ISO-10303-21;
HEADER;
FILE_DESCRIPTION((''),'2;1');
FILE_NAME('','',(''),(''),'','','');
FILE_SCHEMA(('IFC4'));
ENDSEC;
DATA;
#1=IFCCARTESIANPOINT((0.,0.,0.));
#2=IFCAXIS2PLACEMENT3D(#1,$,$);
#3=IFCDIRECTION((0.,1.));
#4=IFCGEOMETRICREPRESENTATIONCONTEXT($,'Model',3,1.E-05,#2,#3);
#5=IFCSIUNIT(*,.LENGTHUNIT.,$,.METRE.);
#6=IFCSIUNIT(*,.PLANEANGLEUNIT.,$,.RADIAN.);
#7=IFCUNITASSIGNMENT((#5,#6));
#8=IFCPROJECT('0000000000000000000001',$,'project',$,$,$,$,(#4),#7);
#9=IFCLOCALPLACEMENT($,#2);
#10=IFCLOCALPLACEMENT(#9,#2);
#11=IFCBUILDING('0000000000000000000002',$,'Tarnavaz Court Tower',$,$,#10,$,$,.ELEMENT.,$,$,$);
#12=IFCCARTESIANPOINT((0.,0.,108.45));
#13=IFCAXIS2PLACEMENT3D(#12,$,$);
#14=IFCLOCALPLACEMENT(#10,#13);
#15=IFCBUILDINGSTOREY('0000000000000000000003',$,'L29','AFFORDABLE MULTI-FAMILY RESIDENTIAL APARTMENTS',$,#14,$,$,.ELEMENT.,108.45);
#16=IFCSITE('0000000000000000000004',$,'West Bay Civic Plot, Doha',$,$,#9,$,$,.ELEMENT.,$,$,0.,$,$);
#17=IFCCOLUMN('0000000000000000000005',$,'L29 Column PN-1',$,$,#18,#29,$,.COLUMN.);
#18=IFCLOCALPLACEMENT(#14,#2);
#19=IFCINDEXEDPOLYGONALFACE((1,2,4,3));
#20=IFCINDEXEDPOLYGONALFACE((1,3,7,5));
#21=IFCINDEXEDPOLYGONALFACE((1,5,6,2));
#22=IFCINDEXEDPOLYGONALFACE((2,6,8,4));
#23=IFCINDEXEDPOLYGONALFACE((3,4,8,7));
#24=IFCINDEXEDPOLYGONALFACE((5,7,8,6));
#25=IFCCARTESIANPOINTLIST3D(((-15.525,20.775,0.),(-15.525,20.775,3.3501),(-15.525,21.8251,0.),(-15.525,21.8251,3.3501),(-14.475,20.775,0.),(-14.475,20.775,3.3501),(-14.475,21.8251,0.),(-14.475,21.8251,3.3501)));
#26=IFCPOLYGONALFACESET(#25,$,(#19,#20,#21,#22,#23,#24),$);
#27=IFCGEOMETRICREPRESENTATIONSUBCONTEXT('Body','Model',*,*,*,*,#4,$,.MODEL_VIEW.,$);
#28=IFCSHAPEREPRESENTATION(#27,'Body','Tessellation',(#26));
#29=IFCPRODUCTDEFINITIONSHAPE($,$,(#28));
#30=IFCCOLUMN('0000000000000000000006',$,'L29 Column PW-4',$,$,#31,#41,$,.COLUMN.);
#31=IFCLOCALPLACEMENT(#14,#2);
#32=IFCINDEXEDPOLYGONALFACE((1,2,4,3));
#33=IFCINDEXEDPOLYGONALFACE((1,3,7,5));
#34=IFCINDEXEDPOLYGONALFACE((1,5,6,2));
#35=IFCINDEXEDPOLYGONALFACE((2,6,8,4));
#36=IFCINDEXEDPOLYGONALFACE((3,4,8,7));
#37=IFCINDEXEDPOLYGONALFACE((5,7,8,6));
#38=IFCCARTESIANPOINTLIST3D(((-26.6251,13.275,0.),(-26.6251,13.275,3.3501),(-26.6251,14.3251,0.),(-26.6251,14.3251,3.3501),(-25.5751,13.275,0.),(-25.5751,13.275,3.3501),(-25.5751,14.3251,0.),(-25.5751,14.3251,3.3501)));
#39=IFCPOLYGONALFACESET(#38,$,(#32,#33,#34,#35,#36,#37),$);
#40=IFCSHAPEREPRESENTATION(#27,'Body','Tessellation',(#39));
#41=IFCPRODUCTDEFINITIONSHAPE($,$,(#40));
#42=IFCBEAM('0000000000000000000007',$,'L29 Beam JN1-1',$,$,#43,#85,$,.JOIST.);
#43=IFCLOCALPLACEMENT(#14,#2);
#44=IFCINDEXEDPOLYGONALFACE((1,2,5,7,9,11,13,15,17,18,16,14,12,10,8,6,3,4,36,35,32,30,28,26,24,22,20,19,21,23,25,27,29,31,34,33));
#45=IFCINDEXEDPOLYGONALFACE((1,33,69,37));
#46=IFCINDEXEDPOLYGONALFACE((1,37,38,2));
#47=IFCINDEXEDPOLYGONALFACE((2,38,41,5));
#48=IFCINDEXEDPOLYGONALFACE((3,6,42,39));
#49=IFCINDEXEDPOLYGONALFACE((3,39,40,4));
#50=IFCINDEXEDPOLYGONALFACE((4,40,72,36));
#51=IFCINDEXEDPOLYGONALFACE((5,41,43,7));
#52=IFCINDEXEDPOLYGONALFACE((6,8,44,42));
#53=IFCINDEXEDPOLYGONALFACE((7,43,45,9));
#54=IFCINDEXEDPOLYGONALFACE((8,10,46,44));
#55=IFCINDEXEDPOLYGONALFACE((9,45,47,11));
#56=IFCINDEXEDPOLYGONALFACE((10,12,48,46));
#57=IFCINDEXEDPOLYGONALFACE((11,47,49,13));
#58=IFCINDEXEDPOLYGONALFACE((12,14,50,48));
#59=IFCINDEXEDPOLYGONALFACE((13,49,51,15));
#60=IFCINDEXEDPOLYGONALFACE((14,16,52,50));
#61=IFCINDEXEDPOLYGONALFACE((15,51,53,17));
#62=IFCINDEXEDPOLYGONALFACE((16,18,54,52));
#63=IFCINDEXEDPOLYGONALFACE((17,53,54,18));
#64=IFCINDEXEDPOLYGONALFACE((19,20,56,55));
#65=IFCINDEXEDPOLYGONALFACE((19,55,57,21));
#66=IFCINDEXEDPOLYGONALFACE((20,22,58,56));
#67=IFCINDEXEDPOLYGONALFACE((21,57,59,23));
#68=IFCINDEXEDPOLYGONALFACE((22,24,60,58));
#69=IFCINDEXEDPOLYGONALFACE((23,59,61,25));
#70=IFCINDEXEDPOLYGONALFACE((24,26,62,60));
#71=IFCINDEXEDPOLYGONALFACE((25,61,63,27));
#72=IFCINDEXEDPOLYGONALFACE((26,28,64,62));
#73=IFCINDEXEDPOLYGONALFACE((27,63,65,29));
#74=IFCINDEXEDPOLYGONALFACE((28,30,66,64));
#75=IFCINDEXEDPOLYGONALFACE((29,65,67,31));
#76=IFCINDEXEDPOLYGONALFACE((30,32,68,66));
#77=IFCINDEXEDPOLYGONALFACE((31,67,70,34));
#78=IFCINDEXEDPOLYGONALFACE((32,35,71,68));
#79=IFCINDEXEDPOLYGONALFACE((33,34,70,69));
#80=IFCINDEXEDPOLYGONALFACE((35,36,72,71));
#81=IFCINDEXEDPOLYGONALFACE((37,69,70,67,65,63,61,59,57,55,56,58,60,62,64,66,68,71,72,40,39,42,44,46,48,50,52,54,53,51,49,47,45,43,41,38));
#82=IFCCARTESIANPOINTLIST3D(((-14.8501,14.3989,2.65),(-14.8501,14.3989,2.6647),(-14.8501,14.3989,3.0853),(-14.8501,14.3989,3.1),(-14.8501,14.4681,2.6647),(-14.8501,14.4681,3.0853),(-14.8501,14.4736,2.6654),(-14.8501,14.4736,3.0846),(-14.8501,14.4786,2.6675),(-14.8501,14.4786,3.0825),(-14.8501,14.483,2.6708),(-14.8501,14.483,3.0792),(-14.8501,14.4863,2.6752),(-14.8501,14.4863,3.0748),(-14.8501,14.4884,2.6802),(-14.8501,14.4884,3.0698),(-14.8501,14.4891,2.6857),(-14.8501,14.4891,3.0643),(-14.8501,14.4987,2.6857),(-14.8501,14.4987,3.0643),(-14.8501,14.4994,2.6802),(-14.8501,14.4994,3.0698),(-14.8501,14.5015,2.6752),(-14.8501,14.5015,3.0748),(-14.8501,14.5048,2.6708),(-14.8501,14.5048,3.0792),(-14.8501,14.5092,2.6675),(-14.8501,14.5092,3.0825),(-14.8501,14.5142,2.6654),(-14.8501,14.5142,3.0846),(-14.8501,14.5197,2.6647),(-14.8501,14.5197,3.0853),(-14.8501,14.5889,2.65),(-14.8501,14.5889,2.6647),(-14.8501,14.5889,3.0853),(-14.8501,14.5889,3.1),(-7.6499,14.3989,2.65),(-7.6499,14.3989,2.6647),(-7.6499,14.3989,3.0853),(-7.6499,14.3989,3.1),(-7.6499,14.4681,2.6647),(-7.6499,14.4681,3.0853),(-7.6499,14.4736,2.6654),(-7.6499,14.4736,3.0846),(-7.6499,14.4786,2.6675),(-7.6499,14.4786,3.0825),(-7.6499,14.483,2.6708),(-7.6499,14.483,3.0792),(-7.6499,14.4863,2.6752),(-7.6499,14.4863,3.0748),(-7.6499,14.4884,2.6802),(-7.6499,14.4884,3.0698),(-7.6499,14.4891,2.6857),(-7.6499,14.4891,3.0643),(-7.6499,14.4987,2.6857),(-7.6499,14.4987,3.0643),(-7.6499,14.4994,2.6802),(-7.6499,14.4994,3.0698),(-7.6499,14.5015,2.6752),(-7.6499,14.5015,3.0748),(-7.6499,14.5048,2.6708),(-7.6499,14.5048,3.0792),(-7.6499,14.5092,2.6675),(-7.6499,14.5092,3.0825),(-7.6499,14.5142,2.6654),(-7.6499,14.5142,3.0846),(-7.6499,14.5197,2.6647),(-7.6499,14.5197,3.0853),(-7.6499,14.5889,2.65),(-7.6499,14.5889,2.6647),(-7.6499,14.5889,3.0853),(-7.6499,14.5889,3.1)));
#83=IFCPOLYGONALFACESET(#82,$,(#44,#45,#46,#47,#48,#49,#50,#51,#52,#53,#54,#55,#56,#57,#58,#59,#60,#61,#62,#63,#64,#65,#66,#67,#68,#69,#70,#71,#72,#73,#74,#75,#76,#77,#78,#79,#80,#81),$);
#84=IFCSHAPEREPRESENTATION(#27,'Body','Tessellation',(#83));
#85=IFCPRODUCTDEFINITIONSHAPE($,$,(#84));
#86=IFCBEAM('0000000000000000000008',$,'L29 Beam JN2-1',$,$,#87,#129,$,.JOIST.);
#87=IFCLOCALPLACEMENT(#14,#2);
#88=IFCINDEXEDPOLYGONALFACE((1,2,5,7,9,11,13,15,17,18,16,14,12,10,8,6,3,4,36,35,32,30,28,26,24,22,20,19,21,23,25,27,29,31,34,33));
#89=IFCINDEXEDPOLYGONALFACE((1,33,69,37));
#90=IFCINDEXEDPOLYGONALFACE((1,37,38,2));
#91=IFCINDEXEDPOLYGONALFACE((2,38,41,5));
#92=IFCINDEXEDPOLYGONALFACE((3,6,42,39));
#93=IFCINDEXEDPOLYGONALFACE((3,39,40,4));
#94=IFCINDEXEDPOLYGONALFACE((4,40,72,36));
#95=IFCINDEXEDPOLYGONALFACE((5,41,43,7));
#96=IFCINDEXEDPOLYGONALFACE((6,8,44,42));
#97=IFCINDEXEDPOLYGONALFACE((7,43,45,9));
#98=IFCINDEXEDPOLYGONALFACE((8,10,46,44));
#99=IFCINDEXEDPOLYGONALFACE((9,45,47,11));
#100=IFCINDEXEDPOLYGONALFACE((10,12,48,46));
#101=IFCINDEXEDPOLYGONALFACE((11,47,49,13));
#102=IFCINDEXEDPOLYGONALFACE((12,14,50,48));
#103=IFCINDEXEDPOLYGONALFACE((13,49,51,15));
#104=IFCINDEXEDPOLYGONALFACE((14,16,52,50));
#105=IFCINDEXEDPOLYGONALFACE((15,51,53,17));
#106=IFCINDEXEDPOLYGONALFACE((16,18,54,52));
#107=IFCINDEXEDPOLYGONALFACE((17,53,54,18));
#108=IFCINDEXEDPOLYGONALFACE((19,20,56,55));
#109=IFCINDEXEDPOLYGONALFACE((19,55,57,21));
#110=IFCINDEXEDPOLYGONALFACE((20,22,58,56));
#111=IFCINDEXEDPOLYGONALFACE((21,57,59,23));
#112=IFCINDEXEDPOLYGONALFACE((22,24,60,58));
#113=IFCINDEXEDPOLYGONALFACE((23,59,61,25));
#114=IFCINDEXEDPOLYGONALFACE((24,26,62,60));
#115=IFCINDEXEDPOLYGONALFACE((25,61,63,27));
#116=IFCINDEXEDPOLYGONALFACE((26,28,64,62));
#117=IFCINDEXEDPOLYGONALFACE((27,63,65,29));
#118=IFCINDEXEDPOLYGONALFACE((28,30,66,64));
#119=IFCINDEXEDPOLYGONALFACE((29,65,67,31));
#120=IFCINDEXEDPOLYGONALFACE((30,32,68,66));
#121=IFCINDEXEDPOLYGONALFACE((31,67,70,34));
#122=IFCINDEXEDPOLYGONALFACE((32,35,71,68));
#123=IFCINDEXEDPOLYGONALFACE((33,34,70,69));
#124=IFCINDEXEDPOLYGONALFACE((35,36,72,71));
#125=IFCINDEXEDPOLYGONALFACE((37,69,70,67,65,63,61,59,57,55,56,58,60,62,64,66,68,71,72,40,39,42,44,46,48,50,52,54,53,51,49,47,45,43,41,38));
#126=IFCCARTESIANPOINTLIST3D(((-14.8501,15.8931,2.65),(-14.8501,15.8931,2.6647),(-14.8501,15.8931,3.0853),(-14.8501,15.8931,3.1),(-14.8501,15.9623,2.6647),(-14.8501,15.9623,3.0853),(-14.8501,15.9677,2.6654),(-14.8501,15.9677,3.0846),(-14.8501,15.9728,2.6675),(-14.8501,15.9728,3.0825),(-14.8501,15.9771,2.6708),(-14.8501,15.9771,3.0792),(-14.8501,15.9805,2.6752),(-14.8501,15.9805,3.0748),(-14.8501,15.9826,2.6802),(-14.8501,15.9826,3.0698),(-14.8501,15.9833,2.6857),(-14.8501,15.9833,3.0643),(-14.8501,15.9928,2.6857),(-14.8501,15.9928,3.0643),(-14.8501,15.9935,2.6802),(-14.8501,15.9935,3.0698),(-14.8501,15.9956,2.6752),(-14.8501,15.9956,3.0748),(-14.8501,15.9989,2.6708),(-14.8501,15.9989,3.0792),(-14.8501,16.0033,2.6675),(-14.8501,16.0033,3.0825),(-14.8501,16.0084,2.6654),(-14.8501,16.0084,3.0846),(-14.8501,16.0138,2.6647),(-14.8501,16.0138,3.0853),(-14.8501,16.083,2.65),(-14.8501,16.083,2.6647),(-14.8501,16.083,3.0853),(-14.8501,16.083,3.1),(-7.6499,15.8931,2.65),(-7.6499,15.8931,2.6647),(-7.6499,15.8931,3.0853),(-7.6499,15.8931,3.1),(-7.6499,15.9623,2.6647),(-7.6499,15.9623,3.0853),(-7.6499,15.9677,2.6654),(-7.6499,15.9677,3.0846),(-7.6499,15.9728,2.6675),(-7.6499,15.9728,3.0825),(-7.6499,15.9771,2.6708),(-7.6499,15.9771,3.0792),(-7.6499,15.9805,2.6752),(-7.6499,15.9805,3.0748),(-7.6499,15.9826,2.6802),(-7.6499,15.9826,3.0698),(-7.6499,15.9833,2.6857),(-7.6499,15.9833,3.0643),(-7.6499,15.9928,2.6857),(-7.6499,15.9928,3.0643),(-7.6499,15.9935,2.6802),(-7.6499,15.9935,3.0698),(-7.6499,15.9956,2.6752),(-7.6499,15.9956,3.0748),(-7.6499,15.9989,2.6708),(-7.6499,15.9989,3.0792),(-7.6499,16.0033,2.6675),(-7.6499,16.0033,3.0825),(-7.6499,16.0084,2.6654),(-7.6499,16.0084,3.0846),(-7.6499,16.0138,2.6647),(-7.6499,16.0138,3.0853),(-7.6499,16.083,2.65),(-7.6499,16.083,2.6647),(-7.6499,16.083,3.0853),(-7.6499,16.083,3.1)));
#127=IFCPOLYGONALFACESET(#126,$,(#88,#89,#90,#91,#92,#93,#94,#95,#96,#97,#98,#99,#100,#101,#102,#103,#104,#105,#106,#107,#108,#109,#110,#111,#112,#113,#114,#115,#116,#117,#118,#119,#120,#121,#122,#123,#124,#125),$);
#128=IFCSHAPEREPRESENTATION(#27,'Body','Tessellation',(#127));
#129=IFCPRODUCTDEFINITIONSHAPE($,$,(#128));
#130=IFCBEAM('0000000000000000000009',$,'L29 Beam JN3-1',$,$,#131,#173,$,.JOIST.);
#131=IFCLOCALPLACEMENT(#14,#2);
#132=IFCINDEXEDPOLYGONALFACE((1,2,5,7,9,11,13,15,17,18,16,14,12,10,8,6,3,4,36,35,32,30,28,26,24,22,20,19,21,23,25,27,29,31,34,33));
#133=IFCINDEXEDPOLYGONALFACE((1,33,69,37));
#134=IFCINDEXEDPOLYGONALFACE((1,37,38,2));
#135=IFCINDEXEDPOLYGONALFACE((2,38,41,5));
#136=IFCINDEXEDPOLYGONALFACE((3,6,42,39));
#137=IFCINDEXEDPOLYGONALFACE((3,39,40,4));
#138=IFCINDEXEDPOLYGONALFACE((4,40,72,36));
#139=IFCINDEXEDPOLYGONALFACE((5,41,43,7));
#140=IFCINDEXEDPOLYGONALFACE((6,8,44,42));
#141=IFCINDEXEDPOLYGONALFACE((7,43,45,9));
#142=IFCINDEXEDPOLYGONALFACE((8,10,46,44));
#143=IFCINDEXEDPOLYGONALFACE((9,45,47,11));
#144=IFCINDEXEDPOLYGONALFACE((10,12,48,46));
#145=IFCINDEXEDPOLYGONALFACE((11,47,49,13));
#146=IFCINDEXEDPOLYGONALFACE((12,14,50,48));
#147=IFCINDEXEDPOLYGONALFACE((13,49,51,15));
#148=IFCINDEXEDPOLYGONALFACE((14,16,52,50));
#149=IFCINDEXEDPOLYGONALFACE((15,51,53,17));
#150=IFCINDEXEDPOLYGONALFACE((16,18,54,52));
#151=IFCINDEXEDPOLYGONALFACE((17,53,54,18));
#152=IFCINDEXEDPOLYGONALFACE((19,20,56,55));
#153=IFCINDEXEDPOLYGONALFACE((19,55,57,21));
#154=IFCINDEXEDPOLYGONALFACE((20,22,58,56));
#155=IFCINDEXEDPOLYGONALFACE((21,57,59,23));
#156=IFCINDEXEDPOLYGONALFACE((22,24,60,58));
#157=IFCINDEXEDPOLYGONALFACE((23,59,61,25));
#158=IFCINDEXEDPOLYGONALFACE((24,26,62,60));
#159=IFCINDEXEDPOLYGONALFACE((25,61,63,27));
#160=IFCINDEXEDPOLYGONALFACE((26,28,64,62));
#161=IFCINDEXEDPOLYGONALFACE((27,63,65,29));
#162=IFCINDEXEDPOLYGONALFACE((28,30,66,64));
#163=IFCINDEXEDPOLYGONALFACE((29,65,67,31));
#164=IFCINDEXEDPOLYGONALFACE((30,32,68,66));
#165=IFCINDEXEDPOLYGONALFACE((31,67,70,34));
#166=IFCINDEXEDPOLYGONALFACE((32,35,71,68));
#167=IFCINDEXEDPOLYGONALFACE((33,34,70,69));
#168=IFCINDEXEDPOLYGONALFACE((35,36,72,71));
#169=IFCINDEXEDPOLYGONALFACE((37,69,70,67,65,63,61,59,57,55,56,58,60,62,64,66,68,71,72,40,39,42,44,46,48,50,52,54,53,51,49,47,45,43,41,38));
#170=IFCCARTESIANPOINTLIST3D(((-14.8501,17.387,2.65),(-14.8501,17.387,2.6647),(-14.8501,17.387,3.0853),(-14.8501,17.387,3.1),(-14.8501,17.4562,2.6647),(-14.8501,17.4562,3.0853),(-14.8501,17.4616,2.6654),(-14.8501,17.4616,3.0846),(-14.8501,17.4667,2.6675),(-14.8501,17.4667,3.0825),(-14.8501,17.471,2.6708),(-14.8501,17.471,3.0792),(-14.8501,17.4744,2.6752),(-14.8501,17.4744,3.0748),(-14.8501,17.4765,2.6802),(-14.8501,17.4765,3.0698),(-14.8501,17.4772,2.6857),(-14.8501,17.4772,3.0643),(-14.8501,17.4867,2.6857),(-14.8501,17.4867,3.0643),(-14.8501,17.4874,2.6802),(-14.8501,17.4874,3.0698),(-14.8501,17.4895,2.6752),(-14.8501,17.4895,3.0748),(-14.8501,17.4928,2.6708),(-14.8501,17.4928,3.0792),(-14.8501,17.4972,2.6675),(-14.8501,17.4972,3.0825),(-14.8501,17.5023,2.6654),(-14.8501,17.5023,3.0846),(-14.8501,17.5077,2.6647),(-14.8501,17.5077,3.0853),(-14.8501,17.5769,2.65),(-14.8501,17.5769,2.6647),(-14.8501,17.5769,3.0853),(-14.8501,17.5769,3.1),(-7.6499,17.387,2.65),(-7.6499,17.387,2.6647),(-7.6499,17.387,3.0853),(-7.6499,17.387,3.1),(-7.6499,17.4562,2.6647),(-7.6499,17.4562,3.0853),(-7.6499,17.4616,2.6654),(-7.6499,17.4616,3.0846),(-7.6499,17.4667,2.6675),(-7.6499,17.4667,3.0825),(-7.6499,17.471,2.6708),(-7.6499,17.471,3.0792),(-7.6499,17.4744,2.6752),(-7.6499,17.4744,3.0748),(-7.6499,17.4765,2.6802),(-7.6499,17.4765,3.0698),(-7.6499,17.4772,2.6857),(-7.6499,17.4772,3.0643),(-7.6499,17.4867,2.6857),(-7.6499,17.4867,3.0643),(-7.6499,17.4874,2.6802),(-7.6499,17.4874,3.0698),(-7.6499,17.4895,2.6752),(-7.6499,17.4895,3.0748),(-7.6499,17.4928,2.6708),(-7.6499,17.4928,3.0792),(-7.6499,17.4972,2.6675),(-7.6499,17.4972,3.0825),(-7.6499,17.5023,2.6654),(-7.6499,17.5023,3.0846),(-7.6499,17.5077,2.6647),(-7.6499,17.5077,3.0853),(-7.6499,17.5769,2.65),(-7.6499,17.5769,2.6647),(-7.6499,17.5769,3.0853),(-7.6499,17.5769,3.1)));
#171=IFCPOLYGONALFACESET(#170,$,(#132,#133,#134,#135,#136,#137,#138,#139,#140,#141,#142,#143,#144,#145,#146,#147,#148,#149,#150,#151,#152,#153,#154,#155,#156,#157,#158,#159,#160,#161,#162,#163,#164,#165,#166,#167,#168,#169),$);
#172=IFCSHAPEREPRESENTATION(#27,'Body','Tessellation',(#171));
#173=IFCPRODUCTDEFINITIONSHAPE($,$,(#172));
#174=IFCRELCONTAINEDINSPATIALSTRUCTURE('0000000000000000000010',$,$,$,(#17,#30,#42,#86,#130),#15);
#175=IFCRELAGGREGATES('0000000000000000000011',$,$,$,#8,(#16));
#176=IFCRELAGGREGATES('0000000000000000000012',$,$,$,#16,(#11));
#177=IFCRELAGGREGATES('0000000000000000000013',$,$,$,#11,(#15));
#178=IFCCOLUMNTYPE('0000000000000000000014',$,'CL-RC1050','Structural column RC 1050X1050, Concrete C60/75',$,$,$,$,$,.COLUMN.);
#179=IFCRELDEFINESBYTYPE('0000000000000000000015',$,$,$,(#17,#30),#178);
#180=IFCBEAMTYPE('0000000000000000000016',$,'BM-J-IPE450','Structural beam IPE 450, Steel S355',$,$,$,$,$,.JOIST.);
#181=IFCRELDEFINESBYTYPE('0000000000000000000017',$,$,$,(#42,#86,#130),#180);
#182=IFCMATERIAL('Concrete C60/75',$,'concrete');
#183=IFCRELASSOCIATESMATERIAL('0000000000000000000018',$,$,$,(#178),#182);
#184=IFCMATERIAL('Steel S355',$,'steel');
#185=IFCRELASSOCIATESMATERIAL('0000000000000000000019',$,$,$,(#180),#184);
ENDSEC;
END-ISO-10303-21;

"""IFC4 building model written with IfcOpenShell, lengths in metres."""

from ifc_helpers import new_model, si_unit, direction, frame, origin, origin_2d, place, context, subcontext, project, spatial, rectangle, i_section, extrude, material, material_profile, profile_set, type_object, element, save


model = new_model("IFC4")

# Units and contexts
model_context = context("Model", 3, precision=1e-05, world=origin(), true_north=direction((0.0, 1.0)))
body_context = subcontext(model_context, "Body", "Model", "MODEL_VIEW")
ifc_project = project(units=[si_unit("LENGTHUNIT", "METRE"), si_unit("PLANEANGLEUNIT", "RADIAN")], contexts=[model_context])

# Site, building, storey
site_placement = place(None, origin())
site = spatial("IfcSite", under=ifc_project, at=site_placement, Name="West Bay Civic Plot, Doha", CompositionType="ELEMENT", RefElevation=0.0)
building_placement = place(site_placement, origin())
building = spatial("IfcBuilding", under=site, at=building_placement, Name="Tarnavaz Court Tower", CompositionType="ELEMENT")
storey_placement = place(building_placement, frame((0.0, 0.0, 108.45)))
storey = spatial("IfcBuildingStorey", under=building, at=storey_placement, Name="L29", Description="AFFORDABLE MULTI-FAMILY RESIDENTIAL APARTMENTS", CompositionType="ELEMENT", Elevation=108.45)

# Columns
ifc_material_1 = material(Name="Concrete C60/75", Category="concrete")
ifc_material_profile_1 = material_profile(ifc_material_1, rectangle(XDim=1.05, YDim=1.05, at=origin_2d()), Name="RC 1050X1050")
ifc_profile_set_1 = profile_set([ifc_material_profile_1], Name="Concrete C60/75")
column_type = type_object("IfcColumnType", Name="CL-RC1050", Description="Structural column RC 1050X1050, Concrete C60/75", PredefinedType="COLUMN", material=ifc_profile_set_1)
for number, where, z_axis, x_axis, name in (
    (1, (-15.0, 21.3, 0.0), (0.0, 0.0, 1.0), (1.0, 0.0, 0.0), "L29 Column PN-1"),
    (2, (-26.1001, 13.8, 0.0), (0.0, 0.0, 1.0), (1.0, 0.0, 0.0), "L29 Column PW-4"),
):
    element("IfcColumn", number, at=place(storey_placement, frame(where, z_axis=z_axis, x_axis=x_axis)), inside=storey, type_object=column_type, Name=name, PredefinedType="COLUMN", context=body_context, shape_type="SweptSolid", body=[
        extrude(rectangle(XDim=1.05, YDim=1.05, at=origin_2d()), origin(), (0.0, 0.0, 1.0), 3.3501),
    ])

# Beams
ifc_material_2 = material(Name="Steel S355", Category="steel")
ifc_material_profile_2 = material_profile(ifc_material_2, i_section(OverallWidth=0.1899, OverallDepth=0.45, WebThickness=0.0095, FlangeThickness=0.0146, FilletRadius=0.021, at=origin_2d()), Name="IPE 450")
ifc_profile_set_2 = profile_set([ifc_material_profile_2], Name="Steel S355")
beam_type_1 = type_object("IfcBeamType", Name="BM-J-IPE450", Description="Structural beam IPE 450, Steel S355", PredefinedType="JOIST", material=ifc_profile_set_2)
for number, where, z_axis, x_axis, name in (
    (3, (-14.8501, 14.4939, 2.875), (1.0, 0.0, 0.0), (0.0, 1.0, 0.0), "L29 Beam JN1-1"),
    (4, (-14.8501, 15.988, 2.875), (1.0, 0.0, 0.0), (0.0, 1.0, 0.0), "L29 Beam JN2-1"),
    (5, (-14.8501, 17.4819, 2.875), (1.0, 0.0, 0.0), (0.0, 1.0, 0.0), "L29 Beam JN3-1"),
):
    element("IfcBeam", number, at=place(storey_placement, frame(where, z_axis=z_axis, x_axis=x_axis)), inside=storey, type_object=beam_type_1, Name=name, PredefinedType="JOIST", context=body_context, shape_type="SweptSolid", body=[
        extrude(i_section(OverallWidth=0.1899, OverallDepth=0.45, WebThickness=0.0095, FlangeThickness=0.0146, FilletRadius=0.021, at=origin_2d()), origin(), (0.0, 0.0, 1.0), 7.2002),
    ])

save(model, "model.ifc")
